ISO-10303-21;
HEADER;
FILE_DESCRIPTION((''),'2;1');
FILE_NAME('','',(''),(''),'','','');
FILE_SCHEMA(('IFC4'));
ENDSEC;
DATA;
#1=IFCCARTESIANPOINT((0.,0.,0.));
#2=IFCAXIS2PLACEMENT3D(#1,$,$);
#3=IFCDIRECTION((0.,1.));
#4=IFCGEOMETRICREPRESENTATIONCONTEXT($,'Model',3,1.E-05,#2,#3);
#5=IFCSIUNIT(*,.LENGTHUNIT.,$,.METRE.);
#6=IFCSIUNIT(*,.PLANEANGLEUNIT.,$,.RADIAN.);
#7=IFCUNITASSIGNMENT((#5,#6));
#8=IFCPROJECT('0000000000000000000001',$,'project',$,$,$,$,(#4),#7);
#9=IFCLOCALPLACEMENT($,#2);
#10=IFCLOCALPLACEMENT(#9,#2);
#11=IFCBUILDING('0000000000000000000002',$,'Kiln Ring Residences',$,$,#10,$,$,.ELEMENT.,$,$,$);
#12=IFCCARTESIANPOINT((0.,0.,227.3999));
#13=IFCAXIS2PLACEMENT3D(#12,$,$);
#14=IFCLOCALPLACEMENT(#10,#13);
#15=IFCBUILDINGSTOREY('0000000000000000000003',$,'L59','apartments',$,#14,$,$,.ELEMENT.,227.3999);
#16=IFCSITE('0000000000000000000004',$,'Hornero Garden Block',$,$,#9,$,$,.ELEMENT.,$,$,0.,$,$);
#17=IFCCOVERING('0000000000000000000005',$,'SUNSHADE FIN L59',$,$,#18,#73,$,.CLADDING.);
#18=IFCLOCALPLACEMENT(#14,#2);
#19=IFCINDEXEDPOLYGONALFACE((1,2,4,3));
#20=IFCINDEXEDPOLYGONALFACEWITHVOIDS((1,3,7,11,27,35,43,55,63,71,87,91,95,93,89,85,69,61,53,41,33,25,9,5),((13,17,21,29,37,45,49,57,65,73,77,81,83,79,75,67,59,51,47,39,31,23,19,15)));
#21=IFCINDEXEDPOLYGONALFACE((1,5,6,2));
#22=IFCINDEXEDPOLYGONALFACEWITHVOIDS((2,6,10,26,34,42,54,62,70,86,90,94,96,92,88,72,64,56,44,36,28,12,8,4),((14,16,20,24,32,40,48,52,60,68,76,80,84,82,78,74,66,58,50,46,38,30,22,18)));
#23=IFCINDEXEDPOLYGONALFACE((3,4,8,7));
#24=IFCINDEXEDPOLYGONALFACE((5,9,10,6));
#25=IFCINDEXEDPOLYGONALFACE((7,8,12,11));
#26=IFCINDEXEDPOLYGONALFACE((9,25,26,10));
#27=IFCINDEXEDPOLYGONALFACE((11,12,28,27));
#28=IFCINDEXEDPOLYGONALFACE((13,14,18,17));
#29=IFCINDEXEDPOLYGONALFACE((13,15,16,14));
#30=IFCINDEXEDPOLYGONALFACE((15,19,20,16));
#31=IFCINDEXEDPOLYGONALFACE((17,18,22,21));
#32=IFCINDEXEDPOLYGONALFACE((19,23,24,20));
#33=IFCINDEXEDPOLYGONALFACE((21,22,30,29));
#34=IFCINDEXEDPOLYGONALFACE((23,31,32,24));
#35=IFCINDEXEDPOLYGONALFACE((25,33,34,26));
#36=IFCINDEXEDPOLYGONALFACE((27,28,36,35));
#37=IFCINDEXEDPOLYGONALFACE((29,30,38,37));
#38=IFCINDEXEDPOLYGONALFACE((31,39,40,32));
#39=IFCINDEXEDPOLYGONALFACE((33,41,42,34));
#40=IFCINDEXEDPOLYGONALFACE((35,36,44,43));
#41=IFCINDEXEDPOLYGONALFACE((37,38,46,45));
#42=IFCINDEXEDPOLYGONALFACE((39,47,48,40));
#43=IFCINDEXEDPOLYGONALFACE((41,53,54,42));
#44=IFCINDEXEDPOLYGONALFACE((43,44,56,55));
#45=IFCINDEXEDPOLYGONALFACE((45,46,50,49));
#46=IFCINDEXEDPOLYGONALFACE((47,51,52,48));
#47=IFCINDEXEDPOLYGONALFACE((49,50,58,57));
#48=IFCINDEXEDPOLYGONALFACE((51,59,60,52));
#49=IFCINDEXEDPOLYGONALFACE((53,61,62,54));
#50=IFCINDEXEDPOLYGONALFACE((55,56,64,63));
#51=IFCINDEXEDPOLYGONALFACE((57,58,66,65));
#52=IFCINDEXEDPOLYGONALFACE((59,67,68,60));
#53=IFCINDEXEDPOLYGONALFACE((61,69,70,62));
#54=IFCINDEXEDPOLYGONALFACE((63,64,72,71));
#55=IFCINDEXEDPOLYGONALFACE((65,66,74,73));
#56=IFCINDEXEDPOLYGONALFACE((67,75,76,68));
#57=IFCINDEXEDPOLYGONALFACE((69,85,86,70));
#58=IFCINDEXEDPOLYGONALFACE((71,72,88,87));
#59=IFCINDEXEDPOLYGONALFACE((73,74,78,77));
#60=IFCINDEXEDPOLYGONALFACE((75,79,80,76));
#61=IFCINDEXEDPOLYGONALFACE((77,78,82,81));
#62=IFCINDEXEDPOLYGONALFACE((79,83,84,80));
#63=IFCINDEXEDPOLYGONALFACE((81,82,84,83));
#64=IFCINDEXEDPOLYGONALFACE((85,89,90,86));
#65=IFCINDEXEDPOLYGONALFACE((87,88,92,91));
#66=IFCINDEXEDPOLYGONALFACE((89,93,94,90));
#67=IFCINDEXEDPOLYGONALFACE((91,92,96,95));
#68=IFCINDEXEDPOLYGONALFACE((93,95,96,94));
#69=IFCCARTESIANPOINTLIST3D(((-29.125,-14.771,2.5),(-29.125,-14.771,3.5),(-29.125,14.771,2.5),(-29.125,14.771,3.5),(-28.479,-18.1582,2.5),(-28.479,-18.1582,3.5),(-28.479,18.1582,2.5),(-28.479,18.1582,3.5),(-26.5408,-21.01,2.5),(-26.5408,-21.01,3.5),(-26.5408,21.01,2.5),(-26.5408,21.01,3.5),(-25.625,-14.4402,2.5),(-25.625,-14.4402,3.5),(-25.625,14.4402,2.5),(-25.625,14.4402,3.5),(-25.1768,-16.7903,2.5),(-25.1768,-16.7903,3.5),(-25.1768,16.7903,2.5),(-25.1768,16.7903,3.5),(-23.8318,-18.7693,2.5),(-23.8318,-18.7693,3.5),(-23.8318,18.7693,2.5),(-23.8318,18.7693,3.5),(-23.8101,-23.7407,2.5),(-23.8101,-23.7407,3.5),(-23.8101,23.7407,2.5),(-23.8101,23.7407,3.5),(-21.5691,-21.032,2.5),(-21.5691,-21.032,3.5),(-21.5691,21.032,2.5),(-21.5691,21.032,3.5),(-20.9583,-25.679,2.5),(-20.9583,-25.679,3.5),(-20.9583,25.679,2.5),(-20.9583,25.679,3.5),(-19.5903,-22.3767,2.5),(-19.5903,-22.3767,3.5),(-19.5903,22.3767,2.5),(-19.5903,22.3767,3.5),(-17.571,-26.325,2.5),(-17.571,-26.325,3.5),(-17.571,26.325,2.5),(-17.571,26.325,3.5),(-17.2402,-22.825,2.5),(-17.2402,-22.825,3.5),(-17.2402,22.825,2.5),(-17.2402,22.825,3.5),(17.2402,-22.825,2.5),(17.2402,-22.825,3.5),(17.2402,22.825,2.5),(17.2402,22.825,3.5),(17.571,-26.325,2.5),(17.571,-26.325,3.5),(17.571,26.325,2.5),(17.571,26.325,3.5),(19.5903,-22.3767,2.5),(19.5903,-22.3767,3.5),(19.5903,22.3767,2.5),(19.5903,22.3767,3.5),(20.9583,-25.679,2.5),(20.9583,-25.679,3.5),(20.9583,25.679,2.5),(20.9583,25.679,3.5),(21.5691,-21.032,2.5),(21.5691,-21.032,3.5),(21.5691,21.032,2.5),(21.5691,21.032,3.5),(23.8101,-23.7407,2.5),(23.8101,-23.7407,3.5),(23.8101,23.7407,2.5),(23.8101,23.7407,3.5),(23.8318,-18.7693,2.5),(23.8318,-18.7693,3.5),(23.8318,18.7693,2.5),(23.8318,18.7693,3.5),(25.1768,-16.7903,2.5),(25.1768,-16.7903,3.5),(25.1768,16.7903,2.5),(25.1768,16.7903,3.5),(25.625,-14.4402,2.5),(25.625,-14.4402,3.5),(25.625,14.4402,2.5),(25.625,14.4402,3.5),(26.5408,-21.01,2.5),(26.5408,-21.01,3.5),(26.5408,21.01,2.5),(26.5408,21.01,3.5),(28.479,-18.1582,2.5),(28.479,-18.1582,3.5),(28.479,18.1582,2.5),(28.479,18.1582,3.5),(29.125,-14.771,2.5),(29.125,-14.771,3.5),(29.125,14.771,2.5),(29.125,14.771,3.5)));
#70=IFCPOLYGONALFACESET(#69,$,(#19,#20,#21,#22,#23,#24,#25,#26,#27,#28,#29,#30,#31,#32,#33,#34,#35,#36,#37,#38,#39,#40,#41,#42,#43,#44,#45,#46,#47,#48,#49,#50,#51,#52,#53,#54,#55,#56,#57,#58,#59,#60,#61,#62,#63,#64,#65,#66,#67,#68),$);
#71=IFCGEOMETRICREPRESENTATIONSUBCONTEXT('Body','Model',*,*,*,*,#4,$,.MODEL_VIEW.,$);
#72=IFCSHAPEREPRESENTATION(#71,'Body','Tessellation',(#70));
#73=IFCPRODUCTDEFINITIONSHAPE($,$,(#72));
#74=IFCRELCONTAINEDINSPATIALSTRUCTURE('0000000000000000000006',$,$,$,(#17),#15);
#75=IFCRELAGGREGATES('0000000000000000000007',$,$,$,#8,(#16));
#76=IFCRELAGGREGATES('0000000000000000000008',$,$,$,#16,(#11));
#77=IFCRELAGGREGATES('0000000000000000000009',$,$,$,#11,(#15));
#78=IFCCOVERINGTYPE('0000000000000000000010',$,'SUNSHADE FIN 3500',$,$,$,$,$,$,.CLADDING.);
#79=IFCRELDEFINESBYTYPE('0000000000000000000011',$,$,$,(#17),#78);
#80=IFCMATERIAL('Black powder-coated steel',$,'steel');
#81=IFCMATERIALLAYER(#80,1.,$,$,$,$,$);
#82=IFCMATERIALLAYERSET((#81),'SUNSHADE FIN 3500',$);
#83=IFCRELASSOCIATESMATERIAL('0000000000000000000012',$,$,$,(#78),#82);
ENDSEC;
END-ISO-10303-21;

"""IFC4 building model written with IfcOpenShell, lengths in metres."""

from ifc_helpers import new_model, si_unit, direction, frame, origin, place, context, subcontext, project, spatial, polyline, outline, extrude, material, layer, layer_set, type_object, element, save


model = new_model("IFC4")

# Units and contexts
model_context = context("Model", 3, precision=1e-05, world=origin(), true_north=direction((0.0, 1.0)))
body_context = subcontext(model_context, "Body", "Model", "MODEL_VIEW")
ifc_project = project(units=[si_unit("LENGTHUNIT", "METRE"), si_unit("PLANEANGLEUNIT", "RADIAN")], contexts=[model_context])

# Site, building, storey
site_placement = place(None, origin())
site = spatial("IfcSite", under=ifc_project, at=site_placement, Name="Hornero Garden Block", CompositionType="ELEMENT", RefElevation=0.0)
building_placement = place(site_placement, origin())
building = spatial("IfcBuilding", under=site, at=building_placement, Name="Kiln Ring Residences", CompositionType="ELEMENT")
storey_placement = place(building_placement, frame((0.0, 0.0, 227.3999)))
storey = spatial("IfcBuildingStorey", under=building, at=storey_placement, Name="L59", Description="apartments", CompositionType="ELEMENT", Elevation=227.3999)

# Covering
ifc_material_1 = material(Name="Black powder-coated steel", Category="steel")
ifc_layer_1 = layer(ifc_material_1, 1.0)
ifc_layer_set_1 = layer_set([ifc_layer_1], Name="SUNSHADE FIN 3500")
covering_type_1 = type_object("IfcCoveringType", Name="SUNSHADE FIN 3500", PredefinedType="CLADDING", material=ifc_layer_set_1)
covering_1_placement = place(storey_placement, frame((0.0, 0.0, 2.5)))
element("IfcCovering", 1, at=covering_1_placement, inside=storey, type_object=covering_type_1, Name="SUNSHADE FIN L59", PredefinedType="CLADDING", context=body_context, shape_type="SweptSolid", body=[
    extrude(outline(polyline([(-28.479, -18.1582), (-26.5408, -21.01), (-23.8101, -23.7407), (-20.9583, -25.679), (-17.571, -26.325), (17.571, -26.325), (20.9583, -25.679), (23.8101, -23.7407), (26.5408, -21.01), (28.479, -18.1582), (29.125, -14.771), (29.125, 14.771), (28.479, 18.1582), (26.5408, 21.01), (23.8101, 23.7407), (20.9583, 25.679), (17.571, 26.325), (-17.571, 26.325), (-20.9583, 25.679), (-23.8101, 23.7407), (-26.5408, 21.01), (-28.479, 18.1582), (-29.125, 14.771), (-29.125, -14.771), (-28.479, -18.1582)]), holes=[polyline([(-21.5691, -21.032), (-23.8318, -18.7693), (-25.1768, -16.7903), (-25.625, -14.4402), (-25.625, 14.4402), (-25.1768, 16.7903), (-23.8318, 18.7693), (-21.5691, 21.032), (-19.5903, 22.3767), (-17.2402, 22.825), (17.2402, 22.825), (19.5903, 22.3767), (21.5691, 21.032), (23.8318, 18.7693), (25.1768, 16.7903), (25.625, 14.4402), (25.625, -14.4402), (25.1768, -16.7903), (23.8318, -18.7693), (21.5691, -21.032), (19.5903, -22.3767), (17.2402, -22.825), (-17.2402, -22.825), (-19.5903, -22.3767), (-21.5691, -21.032)])]), origin(), (0.0, 0.0, 1.0), 1.0),
])

save(model, "model.ifc")
